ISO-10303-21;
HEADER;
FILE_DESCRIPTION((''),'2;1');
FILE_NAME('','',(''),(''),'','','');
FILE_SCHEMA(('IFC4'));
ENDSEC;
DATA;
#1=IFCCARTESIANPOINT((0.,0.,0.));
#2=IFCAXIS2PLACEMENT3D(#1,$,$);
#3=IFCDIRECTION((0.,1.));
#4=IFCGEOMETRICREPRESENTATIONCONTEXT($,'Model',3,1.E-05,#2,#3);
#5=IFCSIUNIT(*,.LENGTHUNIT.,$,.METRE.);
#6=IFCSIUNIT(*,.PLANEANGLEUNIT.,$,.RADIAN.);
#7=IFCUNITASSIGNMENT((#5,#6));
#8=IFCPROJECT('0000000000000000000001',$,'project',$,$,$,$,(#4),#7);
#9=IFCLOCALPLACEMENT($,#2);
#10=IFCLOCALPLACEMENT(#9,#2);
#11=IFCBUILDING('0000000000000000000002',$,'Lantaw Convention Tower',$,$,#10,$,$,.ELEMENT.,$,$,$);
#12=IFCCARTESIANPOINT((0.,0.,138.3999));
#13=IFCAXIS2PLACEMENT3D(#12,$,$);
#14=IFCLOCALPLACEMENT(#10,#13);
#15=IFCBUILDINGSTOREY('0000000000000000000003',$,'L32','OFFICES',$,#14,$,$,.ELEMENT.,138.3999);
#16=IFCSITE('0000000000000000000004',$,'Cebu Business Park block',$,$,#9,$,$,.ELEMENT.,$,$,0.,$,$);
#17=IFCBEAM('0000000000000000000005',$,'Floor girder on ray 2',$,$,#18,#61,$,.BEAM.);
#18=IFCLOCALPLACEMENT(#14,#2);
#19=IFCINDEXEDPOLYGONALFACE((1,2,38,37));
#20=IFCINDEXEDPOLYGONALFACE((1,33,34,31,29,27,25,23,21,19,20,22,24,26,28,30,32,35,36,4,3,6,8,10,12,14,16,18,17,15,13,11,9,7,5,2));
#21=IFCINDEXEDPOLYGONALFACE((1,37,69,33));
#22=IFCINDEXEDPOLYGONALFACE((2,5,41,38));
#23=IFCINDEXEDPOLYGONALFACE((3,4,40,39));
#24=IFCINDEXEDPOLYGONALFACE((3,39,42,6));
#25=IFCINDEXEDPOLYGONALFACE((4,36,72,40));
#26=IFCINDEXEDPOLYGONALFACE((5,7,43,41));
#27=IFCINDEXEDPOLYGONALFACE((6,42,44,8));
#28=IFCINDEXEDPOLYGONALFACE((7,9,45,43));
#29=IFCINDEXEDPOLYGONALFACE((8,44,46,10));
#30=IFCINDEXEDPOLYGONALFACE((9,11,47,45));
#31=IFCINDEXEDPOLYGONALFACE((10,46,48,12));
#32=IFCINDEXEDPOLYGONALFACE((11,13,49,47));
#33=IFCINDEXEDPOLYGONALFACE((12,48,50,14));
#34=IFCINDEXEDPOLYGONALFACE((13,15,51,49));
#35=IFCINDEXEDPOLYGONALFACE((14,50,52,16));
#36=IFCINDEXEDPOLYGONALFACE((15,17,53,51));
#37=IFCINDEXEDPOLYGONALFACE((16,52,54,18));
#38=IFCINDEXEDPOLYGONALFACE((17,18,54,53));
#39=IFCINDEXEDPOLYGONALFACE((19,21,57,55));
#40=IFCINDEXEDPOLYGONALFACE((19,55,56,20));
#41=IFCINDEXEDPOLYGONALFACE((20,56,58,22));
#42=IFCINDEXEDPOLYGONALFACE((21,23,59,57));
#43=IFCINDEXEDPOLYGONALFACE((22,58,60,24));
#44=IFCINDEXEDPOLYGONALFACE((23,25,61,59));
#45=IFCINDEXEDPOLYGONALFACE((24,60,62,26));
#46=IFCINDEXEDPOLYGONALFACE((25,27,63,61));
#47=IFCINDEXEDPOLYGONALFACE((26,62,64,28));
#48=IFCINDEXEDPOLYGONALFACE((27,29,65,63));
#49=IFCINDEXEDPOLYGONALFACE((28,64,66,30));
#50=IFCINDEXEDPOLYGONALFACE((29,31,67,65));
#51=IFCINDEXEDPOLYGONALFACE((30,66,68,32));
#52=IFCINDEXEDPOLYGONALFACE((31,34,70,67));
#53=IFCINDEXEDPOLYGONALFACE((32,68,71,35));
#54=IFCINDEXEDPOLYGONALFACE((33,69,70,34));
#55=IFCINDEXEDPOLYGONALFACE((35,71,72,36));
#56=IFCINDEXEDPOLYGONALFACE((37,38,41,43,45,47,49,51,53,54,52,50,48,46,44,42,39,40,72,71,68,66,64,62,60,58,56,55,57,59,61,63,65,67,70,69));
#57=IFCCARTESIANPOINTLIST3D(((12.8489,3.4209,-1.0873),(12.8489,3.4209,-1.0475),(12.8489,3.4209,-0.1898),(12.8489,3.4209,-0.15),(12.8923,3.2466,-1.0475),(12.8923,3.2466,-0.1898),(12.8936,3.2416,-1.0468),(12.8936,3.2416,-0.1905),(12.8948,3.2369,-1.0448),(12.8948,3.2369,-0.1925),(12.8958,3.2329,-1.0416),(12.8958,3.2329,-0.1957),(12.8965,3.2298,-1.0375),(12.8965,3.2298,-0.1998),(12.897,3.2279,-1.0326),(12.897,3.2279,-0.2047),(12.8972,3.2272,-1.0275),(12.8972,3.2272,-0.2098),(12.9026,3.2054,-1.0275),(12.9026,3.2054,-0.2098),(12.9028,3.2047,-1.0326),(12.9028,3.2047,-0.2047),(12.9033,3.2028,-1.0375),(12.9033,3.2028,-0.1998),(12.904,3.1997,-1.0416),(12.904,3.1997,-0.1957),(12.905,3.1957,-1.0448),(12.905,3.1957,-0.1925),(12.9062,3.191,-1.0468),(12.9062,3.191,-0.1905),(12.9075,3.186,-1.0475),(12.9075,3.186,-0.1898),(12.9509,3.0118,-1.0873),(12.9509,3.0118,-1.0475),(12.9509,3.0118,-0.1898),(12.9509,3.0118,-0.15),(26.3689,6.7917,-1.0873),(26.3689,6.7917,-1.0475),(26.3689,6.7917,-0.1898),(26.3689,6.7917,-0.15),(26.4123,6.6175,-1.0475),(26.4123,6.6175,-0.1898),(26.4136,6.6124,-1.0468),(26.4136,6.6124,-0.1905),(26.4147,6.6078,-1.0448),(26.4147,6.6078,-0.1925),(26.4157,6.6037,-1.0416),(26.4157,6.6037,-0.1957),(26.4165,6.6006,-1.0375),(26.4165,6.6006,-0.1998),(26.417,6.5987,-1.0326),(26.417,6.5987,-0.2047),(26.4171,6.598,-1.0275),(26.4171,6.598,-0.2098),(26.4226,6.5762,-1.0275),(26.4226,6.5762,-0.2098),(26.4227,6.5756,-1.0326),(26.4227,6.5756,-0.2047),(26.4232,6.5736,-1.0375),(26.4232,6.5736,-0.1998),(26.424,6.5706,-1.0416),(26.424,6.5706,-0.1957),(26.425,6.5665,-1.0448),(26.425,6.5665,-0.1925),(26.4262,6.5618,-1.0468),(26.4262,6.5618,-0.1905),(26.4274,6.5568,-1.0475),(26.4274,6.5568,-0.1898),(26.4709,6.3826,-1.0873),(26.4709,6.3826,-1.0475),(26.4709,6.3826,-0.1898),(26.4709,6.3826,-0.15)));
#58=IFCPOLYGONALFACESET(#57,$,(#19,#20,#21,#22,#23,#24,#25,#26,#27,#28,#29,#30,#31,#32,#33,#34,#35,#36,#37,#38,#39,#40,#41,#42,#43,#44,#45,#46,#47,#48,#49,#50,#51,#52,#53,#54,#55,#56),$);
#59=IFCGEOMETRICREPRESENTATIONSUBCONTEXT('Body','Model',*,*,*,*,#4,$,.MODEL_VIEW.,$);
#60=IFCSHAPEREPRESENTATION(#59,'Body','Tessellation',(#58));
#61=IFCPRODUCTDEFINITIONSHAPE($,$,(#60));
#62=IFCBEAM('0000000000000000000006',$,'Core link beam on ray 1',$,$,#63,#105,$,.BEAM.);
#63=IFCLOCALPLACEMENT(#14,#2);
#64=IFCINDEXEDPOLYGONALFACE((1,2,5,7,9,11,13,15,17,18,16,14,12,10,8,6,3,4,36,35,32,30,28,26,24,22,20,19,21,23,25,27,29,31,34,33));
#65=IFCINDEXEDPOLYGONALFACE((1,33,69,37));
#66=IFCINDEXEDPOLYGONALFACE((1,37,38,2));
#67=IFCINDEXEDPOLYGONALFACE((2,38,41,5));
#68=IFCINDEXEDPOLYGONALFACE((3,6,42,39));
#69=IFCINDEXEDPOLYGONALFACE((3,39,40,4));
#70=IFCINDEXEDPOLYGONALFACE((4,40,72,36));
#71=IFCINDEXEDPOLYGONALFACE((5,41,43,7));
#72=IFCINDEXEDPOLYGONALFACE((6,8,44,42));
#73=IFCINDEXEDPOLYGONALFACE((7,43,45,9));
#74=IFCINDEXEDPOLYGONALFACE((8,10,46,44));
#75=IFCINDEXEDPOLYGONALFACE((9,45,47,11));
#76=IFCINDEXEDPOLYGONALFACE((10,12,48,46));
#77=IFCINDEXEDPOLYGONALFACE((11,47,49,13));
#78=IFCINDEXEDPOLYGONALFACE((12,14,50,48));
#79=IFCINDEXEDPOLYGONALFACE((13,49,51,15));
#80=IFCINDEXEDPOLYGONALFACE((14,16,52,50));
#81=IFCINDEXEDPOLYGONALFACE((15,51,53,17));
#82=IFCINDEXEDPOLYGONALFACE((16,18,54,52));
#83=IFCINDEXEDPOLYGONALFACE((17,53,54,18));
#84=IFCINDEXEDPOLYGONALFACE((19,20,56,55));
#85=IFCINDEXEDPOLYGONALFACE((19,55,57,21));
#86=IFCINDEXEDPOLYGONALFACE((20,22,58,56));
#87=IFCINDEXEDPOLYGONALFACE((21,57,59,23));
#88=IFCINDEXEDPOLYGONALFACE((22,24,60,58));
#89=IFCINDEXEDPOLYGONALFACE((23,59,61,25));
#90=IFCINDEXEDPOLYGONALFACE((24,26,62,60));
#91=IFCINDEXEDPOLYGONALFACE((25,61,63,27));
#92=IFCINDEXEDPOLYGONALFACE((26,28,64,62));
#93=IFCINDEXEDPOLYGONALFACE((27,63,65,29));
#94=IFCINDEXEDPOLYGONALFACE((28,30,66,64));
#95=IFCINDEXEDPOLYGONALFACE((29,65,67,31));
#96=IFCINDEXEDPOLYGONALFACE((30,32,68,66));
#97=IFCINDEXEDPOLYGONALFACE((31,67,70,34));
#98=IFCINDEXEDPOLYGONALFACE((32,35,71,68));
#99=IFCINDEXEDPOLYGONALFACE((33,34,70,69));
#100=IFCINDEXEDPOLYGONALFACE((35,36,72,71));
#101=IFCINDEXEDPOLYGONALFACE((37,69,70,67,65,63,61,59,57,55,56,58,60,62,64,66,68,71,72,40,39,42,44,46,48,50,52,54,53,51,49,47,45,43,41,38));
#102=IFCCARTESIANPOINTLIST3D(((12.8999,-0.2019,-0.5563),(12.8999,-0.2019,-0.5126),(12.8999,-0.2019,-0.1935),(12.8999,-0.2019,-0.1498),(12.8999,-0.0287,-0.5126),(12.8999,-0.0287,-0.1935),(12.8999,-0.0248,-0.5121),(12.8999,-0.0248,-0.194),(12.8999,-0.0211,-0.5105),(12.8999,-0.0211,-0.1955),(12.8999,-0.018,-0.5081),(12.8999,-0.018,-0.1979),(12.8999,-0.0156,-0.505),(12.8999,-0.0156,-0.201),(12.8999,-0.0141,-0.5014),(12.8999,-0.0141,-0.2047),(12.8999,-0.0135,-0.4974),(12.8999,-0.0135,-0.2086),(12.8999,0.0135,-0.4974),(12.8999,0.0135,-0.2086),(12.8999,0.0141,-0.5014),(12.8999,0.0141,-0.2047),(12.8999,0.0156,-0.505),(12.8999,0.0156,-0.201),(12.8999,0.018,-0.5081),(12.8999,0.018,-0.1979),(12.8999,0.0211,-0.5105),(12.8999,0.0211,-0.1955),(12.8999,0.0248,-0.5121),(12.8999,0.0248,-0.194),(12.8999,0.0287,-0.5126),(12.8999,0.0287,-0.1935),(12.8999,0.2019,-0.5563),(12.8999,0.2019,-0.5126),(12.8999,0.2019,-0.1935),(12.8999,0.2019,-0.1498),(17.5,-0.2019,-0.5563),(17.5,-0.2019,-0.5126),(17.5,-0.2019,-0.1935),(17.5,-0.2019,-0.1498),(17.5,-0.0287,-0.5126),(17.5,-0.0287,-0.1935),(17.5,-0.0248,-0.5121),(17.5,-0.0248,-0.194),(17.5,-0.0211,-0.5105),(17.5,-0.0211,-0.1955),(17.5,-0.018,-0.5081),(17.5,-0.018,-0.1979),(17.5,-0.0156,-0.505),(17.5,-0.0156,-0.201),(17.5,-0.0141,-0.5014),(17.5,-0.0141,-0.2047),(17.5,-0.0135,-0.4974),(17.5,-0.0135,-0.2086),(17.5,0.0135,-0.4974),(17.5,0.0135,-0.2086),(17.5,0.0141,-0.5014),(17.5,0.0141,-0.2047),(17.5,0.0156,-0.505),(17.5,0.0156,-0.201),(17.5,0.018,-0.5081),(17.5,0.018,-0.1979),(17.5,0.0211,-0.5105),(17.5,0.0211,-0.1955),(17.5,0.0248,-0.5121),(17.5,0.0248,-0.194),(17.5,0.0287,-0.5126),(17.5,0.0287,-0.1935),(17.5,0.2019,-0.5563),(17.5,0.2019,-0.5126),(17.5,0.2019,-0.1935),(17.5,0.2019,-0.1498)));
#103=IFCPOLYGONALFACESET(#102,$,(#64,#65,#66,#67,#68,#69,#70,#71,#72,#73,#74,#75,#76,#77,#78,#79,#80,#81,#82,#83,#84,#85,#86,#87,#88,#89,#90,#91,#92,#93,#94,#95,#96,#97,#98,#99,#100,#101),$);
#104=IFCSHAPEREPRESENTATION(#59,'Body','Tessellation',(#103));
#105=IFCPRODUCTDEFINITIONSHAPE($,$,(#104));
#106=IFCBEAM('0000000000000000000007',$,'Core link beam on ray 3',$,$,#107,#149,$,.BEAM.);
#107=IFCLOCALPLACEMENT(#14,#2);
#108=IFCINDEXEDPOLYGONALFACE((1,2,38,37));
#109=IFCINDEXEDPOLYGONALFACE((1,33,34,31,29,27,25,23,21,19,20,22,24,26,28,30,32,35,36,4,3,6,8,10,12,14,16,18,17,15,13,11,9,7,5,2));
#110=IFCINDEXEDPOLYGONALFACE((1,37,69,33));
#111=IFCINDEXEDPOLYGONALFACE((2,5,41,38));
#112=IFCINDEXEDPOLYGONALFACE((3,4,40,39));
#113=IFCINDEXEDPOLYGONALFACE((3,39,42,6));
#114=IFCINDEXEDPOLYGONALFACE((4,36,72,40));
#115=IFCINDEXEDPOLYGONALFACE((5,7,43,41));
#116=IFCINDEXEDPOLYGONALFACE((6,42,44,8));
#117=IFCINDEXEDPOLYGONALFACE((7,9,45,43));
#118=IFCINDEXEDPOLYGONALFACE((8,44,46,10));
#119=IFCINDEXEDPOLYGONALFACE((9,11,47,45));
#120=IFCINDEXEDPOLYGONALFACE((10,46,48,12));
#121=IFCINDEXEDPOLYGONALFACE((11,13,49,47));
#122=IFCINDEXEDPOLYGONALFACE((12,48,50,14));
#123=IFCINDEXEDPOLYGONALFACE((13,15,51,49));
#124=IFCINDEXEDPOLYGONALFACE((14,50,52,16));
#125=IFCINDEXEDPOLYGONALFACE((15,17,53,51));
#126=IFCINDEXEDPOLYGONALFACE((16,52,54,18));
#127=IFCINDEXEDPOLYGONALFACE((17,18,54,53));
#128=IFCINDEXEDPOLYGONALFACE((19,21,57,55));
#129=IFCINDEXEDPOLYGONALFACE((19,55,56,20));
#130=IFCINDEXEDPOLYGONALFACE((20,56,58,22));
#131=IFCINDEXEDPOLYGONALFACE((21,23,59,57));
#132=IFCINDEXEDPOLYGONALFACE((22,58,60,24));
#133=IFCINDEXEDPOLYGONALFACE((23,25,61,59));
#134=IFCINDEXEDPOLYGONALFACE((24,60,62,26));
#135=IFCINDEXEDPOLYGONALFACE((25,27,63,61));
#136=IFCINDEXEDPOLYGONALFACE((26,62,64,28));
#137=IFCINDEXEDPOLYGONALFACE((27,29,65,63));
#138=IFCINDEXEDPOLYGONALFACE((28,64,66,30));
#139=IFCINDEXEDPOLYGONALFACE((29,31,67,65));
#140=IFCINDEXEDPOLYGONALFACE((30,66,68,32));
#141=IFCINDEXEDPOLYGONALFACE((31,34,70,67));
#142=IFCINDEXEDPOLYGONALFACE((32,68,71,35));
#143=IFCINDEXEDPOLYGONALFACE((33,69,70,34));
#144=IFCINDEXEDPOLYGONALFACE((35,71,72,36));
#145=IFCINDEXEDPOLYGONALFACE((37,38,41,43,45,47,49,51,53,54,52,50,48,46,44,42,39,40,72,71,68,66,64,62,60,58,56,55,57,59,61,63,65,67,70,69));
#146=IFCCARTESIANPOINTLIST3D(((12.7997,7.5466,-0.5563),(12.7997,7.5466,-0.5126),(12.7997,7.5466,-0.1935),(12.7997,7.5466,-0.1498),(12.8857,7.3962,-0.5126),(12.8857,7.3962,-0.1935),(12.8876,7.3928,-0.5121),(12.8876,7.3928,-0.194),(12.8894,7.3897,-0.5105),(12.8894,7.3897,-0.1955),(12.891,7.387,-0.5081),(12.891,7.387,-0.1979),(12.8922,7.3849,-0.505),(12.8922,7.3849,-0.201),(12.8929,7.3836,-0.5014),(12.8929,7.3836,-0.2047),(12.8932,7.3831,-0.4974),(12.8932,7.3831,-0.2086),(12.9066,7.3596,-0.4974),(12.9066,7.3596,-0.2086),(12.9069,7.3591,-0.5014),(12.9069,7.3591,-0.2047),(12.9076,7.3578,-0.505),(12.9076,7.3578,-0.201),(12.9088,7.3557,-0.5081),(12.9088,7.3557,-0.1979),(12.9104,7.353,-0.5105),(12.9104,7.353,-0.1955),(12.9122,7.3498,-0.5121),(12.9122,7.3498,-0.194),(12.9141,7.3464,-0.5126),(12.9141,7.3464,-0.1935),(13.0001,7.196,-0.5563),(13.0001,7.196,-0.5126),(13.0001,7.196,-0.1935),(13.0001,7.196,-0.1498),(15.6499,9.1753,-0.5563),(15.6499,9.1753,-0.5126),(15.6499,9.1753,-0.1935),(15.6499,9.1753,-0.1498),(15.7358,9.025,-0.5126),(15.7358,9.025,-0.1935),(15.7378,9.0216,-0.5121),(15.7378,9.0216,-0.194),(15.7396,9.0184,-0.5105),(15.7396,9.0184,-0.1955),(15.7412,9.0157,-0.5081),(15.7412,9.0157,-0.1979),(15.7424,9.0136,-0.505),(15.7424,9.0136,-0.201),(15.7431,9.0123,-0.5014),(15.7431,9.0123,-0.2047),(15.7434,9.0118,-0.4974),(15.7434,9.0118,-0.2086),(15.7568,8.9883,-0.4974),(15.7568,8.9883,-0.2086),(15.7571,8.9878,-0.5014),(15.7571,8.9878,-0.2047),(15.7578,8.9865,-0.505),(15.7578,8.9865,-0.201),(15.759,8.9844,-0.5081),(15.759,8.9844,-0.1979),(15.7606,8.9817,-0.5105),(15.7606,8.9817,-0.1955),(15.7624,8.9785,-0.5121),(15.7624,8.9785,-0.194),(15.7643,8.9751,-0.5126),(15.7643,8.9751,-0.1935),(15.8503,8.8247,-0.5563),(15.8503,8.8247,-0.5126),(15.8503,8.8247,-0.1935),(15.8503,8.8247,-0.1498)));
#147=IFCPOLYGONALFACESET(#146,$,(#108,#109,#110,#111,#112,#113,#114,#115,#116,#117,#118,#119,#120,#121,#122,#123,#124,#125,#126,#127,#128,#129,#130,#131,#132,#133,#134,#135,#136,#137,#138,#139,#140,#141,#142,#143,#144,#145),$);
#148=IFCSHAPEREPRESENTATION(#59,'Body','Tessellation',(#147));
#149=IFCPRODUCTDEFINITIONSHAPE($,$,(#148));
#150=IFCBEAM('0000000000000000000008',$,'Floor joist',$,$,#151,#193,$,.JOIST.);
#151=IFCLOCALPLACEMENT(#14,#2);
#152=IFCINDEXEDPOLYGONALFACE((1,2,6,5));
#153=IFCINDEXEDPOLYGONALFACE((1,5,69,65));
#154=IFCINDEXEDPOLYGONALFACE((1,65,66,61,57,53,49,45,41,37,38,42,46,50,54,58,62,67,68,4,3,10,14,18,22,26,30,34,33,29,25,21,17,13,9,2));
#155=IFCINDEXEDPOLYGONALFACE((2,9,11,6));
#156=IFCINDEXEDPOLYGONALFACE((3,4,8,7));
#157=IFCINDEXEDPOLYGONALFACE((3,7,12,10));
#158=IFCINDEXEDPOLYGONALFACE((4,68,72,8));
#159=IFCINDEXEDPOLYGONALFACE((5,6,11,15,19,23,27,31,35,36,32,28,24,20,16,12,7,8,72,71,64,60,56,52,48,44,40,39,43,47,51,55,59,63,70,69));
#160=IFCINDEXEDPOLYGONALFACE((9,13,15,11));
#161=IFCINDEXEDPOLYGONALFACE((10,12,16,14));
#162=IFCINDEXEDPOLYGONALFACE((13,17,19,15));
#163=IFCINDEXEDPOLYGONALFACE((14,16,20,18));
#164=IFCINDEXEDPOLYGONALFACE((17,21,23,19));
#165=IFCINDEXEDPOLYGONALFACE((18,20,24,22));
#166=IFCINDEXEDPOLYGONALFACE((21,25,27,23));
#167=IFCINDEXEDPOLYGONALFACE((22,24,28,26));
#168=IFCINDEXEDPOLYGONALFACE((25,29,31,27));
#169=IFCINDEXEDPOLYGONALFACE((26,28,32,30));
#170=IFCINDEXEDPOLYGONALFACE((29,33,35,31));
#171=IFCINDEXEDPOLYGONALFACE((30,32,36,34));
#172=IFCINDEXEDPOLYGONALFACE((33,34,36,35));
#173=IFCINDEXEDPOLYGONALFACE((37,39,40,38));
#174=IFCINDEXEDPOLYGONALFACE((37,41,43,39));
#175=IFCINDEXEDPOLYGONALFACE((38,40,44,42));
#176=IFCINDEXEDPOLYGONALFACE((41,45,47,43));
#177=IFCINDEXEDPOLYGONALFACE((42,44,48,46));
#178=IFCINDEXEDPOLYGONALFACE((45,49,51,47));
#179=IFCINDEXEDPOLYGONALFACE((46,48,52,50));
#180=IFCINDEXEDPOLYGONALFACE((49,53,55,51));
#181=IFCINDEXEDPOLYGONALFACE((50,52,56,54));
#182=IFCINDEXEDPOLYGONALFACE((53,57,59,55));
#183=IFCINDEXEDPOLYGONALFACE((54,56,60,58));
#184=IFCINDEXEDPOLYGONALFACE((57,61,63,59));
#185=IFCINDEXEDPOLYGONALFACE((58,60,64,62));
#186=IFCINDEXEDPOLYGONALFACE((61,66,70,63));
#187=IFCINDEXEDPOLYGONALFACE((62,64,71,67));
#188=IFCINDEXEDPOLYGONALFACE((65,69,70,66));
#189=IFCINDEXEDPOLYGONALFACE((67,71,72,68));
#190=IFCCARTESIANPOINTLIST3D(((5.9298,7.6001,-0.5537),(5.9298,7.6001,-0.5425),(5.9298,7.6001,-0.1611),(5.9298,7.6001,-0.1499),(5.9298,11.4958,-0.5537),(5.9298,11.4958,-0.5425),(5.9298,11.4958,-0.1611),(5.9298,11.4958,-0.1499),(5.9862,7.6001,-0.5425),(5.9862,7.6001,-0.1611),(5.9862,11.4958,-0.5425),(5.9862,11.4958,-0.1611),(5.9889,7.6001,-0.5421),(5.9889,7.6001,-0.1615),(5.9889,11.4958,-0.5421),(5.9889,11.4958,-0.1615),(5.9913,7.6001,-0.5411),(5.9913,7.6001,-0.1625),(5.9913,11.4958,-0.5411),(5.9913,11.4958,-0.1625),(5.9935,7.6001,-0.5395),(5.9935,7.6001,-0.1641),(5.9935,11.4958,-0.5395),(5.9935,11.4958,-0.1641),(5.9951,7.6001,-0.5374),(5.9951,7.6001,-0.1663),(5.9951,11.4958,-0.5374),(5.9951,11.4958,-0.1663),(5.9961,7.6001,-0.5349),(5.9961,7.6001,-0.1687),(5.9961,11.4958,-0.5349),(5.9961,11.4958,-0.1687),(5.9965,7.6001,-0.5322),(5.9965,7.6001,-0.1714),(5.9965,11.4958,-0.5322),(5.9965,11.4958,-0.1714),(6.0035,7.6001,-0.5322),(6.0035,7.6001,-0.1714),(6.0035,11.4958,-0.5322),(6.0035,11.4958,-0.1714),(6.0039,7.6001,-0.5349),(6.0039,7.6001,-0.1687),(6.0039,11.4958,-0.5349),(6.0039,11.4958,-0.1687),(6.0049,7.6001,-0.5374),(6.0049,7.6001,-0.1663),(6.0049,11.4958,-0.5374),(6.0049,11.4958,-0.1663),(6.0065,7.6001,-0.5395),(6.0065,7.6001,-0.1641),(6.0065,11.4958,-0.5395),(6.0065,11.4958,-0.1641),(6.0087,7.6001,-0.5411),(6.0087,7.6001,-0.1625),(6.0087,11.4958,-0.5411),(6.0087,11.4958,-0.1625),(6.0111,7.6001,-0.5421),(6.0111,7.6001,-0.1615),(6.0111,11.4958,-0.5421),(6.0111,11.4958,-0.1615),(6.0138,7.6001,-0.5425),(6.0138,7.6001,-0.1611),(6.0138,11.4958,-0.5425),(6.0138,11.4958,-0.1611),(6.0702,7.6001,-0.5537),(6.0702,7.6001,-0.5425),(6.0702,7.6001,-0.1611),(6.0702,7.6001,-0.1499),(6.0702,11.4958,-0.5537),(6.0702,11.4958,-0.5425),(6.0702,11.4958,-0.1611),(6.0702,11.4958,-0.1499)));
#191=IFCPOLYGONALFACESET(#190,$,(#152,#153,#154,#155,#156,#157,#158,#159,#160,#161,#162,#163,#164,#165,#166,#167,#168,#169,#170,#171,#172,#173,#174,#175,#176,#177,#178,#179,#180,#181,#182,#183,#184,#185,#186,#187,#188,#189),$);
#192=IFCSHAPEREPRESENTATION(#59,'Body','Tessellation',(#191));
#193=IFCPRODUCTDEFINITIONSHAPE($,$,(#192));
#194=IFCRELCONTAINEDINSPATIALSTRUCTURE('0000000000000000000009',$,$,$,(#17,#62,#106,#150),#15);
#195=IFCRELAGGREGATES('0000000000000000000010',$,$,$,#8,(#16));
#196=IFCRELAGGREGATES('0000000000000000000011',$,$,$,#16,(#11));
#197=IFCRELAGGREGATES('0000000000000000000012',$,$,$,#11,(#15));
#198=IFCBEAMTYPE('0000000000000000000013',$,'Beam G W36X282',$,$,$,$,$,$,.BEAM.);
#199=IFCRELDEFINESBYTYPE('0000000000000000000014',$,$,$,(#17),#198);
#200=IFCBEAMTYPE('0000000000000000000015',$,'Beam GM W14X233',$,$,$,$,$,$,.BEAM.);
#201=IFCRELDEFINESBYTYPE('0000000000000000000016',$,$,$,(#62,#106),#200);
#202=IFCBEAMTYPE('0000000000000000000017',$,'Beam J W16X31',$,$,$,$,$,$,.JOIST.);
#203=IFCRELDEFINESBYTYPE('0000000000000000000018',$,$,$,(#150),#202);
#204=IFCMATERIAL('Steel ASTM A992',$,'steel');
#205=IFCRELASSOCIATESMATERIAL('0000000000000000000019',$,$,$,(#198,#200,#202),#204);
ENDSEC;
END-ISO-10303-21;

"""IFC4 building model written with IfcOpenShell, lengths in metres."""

from ifc_helpers import new_model, si_unit, direction, frame, origin, origin_2d, place, context, subcontext, project, spatial, i_section, extrude, material, material_profile, profile_set, type_object, element, save


model = new_model("IFC4")

# Units and contexts
model_context = context("Model", 3, precision=1e-05, world=origin(), true_north=direction((0.0, 1.0)))
body_context = subcontext(model_context, "Body", "Model", "MODEL_VIEW")
ifc_project = project(units=[si_unit("LENGTHUNIT", "METRE"), si_unit("PLANEANGLEUNIT", "RADIAN")], contexts=[model_context])

# Site, building, storey
site_placement = place(None, origin())
site = spatial("IfcSite", under=ifc_project, at=site_placement, Name="Cebu Business Park block", CompositionType="ELEMENT", RefElevation=0.0)
building_placement = place(site_placement, origin())
building = spatial("IfcBuilding", under=site, at=building_placement, Name="Lantaw Convention Tower", CompositionType="ELEMENT")
storey_placement = place(building_placement, frame((0.0, 0.0, 138.3999)))
storey = spatial("IfcBuildingStorey", under=building, at=storey_placement, Name="L32", Description="OFFICES", CompositionType="ELEMENT", Elevation=138.3999)

# Beams
ifc_material_1 = material(Name="Steel ASTM A992", Category="steel")
ifc_material_profile_1 = material_profile(ifc_material_1, i_section(OverallWidth=0.4216, OverallDepth=0.9373, WebThickness=0.0225, FlangeThickness=0.0398, FilletRadius=0.02, at=origin_2d()), Name="W36X282")
ifc_profile_set_1 = profile_set([ifc_material_profile_1], Name="Steel ASTM A992")
beam_type_1 = type_object("IfcBeamType", Name="Beam G W36X282", PredefinedType="BEAM", material=ifc_profile_set_1)
beam_1_placement = place(storey_placement, frame((12.8999, 3.2163, -0.6187), z_axis=(0.970297, 0.241917, 0.0), x_axis=(-0.241917, 0.970297, 0.0)))
element("IfcBeam", 1, at=beam_1_placement, inside=storey, type_object=beam_type_1, Name="Floor girder on ray 2", PredefinedType="BEAM", context=body_context, shape_type="SweptSolid", body=[
    extrude(i_section(OverallWidth=0.4216, OverallDepth=0.9373, WebThickness=0.0225, FlangeThickness=0.0398, FilletRadius=0.02, at=origin_2d()), origin(), (0.0, 0.0, 1.0), 13.9338),
])
ifc_material_profile_2 = material_profile(ifc_material_1, i_section(OverallWidth=0.4038, OverallDepth=0.4065, WebThickness=0.0271, FlangeThickness=0.0437, FilletRadius=0.0151, at=origin_2d()), Name="W14X233")
ifc_profile_set_2 = profile_set([ifc_material_profile_2], Name="Steel ASTM A992")
beam_type_2 = type_object("IfcBeamType", Name="Beam GM W14X233", PredefinedType="BEAM", material=ifc_profile_set_2)
beam_2_placement = place(storey_placement, frame((12.8999, 0.0, -0.353), z_axis=(1.0, 0.0, 0.0), x_axis=(0.0, 1.0, 0.0)))
element("IfcBeam", 2, at=beam_2_placement, inside=storey, type_object=beam_type_2, Name="Core link beam on ray 1", PredefinedType="BEAM", context=body_context, shape_type="SweptSolid", body=[
    extrude(i_section(OverallWidth=0.4038, OverallDepth=0.4065, WebThickness=0.0271, FlangeThickness=0.0437, FilletRadius=0.0151, at=origin_2d()), origin(), (0.0, 0.0, 1.0), 4.6001),
])
beam_3_placement = place(storey_placement, frame((12.8999, 7.3713, -0.353), z_axis=(0.868239, 0.496147, 0.0), x_axis=(-0.496147, 0.868239, 0.0)))
element("IfcBeam", 3, at=beam_3_placement, inside=storey, type_object=beam_type_2, Name="Core link beam on ray 3", PredefinedType="BEAM", context=body_context, shape_type="SweptSolid", body=[
    extrude(i_section(OverallWidth=0.4038, OverallDepth=0.4065, WebThickness=0.0271, FlangeThickness=0.0437, FilletRadius=0.0151, at=origin_2d()), origin(), (0.0, 0.0, 1.0), 3.2827),
])
ifc_material_profile_3 = material_profile(ifc_material_1, i_section(OverallWidth=0.1404, OverallDepth=0.4038, WebThickness=0.0071, FlangeThickness=0.0112, FilletRadius=0.0103, at=origin_2d()), Name="W16X31")
ifc_profile_set_3 = profile_set([ifc_material_profile_3], Name="Steel ASTM A992")
beam_type_3 = type_object("IfcBeamType", Name="Beam J W16X31", PredefinedType="JOIST", material=ifc_profile_set_3)
beam_4_placement = place(storey_placement, frame((6.0, 7.6001, -0.3518), z_axis=(0.0, 1.0, 0.0), x_axis=(-1.0, 0.0, 0.0)))
element("IfcBeam", 4, at=beam_4_placement, inside=storey, type_object=beam_type_3, Name="Floor joist", PredefinedType="JOIST", context=body_context, shape_type="SweptSolid", body=[
    extrude(i_section(OverallWidth=0.1404, OverallDepth=0.4038, WebThickness=0.0071, FlangeThickness=0.0112, FilletRadius=0.0103, at=origin_2d()), origin(), (0.0, 0.0, 1.0), 3.8958),
])

save(model, "model.ifc")
